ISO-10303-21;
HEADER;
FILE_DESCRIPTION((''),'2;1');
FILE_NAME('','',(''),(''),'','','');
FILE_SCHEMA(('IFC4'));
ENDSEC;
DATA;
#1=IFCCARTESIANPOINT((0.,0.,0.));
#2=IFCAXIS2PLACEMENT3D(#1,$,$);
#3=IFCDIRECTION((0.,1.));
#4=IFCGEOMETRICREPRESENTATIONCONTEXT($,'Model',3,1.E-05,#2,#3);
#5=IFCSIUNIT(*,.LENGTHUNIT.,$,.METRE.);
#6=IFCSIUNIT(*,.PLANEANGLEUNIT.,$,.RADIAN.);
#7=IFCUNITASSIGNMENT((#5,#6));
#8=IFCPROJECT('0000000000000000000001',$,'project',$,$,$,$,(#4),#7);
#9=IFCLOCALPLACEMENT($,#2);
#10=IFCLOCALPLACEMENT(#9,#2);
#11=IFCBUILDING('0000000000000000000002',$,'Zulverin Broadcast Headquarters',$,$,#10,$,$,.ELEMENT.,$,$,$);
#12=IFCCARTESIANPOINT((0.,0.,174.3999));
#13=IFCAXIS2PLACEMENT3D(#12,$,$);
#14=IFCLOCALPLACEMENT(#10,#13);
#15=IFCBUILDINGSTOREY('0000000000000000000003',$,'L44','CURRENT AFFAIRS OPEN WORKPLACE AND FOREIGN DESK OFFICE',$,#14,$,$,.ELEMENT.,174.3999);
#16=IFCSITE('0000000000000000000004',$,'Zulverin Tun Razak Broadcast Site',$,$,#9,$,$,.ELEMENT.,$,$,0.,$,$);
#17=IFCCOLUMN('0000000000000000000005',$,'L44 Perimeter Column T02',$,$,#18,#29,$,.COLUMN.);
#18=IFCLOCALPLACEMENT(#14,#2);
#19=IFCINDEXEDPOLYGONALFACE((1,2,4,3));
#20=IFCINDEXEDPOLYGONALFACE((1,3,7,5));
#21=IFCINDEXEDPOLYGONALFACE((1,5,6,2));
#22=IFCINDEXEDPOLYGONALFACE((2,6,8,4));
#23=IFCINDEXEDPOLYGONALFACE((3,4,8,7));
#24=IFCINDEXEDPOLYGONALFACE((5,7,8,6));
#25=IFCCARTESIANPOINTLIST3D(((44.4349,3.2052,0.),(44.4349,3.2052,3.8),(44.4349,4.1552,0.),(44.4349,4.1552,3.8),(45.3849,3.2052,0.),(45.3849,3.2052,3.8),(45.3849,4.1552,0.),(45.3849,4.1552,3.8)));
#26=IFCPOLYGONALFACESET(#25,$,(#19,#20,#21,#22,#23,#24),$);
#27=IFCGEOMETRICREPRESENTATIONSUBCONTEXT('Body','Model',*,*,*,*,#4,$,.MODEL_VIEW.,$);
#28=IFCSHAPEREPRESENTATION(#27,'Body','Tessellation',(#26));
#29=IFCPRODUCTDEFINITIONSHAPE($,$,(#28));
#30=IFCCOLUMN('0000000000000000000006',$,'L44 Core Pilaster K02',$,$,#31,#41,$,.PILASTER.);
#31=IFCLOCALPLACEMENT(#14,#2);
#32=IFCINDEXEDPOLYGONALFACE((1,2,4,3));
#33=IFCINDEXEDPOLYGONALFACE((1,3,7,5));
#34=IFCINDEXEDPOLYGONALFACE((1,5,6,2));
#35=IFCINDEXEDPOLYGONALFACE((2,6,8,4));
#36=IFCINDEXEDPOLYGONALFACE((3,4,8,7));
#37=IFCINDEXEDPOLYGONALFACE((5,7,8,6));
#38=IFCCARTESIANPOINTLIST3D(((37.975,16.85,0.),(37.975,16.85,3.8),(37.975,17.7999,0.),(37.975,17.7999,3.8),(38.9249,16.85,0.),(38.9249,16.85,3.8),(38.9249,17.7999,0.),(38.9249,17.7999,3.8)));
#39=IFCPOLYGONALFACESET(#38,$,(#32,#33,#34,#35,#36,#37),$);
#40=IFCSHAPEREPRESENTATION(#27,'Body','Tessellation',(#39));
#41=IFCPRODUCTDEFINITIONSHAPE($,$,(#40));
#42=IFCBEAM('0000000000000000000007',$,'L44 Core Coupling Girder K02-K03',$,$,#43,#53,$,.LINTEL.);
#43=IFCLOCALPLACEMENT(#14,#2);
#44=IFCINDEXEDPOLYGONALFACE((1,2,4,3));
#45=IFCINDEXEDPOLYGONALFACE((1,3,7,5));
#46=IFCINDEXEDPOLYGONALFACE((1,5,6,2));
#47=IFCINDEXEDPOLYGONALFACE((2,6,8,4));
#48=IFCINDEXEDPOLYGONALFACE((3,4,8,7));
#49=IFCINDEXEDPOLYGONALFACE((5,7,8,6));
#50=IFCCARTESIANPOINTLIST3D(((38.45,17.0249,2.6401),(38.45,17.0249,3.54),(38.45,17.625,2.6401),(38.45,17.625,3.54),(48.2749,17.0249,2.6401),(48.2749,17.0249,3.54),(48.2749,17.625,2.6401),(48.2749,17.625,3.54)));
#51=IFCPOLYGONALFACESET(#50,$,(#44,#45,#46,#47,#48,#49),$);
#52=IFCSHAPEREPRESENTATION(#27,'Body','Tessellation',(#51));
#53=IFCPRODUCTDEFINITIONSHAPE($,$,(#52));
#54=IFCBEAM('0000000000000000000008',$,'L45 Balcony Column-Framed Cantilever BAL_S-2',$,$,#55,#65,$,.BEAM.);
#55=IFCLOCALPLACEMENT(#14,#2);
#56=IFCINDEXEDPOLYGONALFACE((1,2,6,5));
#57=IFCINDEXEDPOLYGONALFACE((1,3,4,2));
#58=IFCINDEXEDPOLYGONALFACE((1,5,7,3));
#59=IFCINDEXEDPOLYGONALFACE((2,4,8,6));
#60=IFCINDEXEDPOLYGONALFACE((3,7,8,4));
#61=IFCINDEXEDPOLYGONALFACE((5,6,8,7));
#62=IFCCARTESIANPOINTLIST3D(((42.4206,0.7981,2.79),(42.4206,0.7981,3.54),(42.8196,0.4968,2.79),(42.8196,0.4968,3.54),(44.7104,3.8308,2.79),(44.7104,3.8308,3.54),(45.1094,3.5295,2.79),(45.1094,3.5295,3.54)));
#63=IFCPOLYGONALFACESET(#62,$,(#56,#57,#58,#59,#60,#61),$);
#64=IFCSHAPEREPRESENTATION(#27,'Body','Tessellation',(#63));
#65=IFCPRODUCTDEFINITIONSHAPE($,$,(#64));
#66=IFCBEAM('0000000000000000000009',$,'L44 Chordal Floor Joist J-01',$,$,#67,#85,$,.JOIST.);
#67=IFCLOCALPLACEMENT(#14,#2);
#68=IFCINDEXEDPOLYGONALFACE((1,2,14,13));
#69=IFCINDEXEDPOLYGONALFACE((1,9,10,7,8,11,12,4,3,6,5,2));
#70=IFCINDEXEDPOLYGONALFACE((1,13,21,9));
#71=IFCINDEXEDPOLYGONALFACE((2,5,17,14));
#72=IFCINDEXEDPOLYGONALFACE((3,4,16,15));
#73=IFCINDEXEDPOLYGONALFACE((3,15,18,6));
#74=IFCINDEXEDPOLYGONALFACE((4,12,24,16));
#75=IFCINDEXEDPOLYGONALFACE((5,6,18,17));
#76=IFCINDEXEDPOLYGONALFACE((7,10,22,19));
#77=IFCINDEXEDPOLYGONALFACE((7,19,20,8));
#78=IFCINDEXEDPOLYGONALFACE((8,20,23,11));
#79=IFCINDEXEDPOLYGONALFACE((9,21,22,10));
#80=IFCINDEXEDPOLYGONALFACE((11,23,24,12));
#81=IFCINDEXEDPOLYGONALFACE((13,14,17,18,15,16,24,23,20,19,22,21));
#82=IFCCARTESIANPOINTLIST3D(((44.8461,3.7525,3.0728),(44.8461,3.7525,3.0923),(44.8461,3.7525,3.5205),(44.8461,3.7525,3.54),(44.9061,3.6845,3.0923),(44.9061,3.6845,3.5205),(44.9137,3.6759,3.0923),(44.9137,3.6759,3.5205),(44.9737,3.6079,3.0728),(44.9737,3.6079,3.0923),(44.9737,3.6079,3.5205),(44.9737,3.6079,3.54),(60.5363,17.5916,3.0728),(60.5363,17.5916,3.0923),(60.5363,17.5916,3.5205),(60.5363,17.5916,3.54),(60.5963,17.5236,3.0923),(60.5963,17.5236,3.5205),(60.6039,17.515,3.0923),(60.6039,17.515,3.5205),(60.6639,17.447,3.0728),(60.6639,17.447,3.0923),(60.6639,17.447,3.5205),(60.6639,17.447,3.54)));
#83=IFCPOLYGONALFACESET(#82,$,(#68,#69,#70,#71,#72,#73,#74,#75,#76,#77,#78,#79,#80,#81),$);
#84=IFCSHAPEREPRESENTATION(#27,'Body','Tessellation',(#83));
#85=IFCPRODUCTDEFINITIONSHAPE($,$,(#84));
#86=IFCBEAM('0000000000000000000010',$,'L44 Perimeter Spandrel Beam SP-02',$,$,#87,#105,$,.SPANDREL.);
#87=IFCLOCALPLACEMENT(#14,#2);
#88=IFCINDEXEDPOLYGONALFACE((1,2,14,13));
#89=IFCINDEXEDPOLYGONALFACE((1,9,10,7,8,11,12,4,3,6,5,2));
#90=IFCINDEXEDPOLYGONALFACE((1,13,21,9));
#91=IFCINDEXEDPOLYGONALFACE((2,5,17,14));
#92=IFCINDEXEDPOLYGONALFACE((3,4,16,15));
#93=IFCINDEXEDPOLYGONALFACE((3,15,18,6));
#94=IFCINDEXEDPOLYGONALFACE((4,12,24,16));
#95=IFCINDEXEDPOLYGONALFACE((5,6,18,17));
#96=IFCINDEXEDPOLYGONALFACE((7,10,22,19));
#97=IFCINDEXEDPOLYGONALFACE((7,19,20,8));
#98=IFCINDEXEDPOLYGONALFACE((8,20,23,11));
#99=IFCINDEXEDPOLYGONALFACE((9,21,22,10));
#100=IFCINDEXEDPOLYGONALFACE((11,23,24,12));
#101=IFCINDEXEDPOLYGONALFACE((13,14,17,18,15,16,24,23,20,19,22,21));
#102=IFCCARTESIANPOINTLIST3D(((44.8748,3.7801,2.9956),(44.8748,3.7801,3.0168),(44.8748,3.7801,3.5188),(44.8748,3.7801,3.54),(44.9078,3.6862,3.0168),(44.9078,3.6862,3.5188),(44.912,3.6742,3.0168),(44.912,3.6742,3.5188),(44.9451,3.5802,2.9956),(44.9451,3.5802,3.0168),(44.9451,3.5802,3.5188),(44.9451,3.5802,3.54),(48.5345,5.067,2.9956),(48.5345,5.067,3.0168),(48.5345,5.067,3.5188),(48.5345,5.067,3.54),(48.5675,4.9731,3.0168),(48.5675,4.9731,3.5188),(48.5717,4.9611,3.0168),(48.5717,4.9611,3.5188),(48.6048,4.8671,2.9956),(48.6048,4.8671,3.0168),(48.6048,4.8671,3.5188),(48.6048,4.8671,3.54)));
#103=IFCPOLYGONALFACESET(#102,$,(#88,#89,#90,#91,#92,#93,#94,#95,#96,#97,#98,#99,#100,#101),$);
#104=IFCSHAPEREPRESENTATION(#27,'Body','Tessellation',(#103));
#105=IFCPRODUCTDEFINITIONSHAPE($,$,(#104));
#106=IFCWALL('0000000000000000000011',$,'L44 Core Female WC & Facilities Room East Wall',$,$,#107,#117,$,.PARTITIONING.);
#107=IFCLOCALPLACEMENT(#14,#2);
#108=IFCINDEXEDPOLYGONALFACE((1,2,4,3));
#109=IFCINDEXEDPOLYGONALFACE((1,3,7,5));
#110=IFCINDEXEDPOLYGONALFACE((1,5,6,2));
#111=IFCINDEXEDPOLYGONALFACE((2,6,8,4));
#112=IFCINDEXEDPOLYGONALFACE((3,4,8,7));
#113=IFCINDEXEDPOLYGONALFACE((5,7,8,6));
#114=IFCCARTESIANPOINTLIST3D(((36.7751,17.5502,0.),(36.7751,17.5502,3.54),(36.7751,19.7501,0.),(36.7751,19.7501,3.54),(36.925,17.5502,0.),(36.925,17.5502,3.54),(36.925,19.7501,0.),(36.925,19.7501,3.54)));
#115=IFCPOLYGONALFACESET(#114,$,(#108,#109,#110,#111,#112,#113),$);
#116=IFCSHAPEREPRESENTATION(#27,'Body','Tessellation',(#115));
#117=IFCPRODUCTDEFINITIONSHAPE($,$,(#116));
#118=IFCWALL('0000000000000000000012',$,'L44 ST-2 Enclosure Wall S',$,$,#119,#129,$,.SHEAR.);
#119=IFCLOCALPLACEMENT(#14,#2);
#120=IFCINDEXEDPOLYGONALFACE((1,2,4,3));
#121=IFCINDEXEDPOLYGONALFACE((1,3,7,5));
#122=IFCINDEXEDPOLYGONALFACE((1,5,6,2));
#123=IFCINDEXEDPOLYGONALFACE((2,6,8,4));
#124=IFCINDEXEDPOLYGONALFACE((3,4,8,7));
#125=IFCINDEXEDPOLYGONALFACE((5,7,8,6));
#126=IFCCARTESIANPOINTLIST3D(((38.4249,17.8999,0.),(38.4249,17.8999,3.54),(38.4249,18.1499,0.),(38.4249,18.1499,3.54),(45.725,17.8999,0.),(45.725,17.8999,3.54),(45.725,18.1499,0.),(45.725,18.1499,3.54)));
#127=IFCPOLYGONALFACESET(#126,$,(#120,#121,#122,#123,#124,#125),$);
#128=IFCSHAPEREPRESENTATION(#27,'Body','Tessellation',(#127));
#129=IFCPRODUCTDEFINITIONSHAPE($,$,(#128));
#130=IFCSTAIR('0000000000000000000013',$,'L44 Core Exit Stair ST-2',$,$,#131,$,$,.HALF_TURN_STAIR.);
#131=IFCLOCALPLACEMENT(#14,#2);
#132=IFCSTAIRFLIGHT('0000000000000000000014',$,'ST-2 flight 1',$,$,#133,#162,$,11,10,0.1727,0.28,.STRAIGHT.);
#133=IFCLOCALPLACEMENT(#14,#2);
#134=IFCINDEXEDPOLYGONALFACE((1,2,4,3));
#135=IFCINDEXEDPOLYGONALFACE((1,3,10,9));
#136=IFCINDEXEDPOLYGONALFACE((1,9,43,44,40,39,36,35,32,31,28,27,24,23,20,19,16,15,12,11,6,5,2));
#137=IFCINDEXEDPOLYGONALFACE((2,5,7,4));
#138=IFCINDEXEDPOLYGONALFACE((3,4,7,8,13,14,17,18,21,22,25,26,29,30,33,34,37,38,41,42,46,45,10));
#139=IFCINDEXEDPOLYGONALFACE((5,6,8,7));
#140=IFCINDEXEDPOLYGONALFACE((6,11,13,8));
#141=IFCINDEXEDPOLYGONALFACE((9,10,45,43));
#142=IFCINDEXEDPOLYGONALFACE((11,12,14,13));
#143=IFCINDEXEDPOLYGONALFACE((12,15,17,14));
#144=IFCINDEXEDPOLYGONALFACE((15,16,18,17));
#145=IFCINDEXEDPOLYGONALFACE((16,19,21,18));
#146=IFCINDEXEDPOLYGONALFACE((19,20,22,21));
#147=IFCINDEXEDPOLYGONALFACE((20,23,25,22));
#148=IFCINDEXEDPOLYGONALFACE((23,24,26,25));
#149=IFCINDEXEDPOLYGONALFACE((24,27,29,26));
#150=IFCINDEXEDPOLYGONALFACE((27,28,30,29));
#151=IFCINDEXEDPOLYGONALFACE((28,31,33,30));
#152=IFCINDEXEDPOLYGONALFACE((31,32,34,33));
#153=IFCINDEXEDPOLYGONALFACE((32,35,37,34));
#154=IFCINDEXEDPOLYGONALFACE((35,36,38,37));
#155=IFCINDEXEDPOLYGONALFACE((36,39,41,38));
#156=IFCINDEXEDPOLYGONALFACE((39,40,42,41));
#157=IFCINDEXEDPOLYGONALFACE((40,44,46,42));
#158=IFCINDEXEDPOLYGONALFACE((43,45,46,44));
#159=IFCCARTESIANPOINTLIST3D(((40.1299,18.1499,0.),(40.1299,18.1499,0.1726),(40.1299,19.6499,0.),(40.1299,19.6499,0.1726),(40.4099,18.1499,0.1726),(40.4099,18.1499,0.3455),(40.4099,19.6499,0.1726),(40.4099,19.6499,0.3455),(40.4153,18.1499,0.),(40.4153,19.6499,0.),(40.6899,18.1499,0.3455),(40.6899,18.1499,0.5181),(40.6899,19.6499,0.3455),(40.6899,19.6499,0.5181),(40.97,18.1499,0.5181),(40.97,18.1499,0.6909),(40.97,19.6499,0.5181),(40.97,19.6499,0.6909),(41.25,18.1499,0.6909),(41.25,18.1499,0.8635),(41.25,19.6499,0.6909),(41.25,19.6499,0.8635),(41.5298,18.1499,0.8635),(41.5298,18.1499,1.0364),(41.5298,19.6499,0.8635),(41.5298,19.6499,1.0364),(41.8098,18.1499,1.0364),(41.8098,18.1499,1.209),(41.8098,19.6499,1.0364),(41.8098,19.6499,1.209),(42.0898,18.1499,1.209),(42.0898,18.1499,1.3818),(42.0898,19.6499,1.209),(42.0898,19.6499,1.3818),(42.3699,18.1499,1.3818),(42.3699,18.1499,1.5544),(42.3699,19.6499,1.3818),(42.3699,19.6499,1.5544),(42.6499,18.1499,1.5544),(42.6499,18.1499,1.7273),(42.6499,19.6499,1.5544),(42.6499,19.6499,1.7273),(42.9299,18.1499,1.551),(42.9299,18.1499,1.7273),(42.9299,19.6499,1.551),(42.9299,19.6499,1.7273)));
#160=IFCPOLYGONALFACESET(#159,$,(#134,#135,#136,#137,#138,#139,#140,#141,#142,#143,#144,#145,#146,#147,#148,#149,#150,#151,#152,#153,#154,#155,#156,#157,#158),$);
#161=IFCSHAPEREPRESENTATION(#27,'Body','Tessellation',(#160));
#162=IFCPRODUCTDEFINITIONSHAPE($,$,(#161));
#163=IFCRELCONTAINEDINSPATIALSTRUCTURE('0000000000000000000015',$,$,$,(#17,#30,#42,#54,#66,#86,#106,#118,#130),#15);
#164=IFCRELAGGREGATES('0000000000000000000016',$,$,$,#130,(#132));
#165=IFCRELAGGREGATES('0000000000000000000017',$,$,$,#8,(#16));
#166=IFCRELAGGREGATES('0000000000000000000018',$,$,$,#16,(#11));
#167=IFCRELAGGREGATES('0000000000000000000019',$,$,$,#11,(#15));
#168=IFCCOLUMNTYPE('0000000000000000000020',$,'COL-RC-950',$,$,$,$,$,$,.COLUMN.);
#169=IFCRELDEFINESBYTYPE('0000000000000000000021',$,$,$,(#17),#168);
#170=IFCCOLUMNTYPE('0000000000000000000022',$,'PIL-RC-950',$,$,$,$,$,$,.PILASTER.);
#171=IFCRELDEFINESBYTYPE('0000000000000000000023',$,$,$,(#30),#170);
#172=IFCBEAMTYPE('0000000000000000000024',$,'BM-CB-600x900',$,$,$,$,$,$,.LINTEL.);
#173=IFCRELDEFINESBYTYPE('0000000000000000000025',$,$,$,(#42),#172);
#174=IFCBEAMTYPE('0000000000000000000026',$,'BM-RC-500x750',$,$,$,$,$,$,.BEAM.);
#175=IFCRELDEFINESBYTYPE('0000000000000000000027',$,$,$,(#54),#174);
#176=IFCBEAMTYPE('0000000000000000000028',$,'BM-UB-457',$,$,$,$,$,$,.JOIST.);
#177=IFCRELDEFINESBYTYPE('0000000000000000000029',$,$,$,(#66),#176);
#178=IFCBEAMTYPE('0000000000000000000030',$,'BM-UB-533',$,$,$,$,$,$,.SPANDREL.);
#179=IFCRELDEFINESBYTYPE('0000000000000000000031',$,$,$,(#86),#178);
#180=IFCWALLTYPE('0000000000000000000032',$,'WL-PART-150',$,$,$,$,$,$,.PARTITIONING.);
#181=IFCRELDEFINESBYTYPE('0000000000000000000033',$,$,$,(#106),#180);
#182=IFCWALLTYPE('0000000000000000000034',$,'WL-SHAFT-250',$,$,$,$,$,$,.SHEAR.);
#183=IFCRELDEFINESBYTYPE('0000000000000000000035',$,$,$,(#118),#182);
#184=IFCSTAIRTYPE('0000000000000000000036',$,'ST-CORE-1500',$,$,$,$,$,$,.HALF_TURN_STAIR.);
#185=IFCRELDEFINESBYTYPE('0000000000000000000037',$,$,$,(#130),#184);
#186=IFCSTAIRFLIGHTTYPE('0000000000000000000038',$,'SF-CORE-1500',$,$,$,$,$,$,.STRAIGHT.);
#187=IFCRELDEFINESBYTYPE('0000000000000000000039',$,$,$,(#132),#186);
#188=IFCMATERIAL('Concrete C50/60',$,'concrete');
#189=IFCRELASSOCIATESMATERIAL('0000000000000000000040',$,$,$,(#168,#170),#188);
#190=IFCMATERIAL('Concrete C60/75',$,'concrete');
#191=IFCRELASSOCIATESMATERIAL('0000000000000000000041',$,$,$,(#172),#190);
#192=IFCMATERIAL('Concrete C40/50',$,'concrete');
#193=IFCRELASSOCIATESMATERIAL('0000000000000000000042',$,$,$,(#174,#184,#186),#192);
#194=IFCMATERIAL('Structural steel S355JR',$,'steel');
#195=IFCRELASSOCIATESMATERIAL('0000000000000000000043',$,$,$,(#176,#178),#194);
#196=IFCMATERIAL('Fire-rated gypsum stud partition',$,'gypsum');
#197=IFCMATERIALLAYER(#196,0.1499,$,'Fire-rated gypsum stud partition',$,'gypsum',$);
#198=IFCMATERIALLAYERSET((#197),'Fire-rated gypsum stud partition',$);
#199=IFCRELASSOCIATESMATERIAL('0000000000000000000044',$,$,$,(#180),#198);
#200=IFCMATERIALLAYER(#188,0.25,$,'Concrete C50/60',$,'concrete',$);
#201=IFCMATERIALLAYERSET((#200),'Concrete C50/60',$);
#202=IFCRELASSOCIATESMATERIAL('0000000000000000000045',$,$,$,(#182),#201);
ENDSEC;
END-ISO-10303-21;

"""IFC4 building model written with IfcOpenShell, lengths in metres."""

from ifc_helpers import new_model, si_unit, direction, frame, frame_2d, origin, origin_2d, place, context, subcontext, project, spatial, polyline, rectangle, i_section, outline, extrude, material, layer, layer_set, material_profile, profile_set, type_object, element, aggregate, save


model = new_model("IFC4")

# Units and contexts
model_context = context("Model", 3, precision=1e-05, world=origin(), true_north=direction((0.0, 1.0)))
body_context = subcontext(model_context, "Body", "Model", "MODEL_VIEW")
ifc_project = project(units=[si_unit("LENGTHUNIT", "METRE"), si_unit("PLANEANGLEUNIT", "RADIAN")], contexts=[model_context])

# Site, building, storey
site_placement = place(None, origin())
site = spatial("IfcSite", under=ifc_project, at=site_placement, Name="Zulverin Tun Razak Broadcast Site", CompositionType="ELEMENT", RefElevation=0.0)
building_placement = place(site_placement, origin())
building = spatial("IfcBuilding", under=site, at=building_placement, Name="Zulverin Broadcast Headquarters", CompositionType="ELEMENT")
storey_placement = place(building_placement, frame((0.0, 0.0, 174.3999)))
storey = spatial("IfcBuildingStorey", under=building, at=storey_placement, Name="L44", Description="CURRENT AFFAIRS OPEN WORKPLACE AND FOREIGN DESK OFFICE", CompositionType="ELEMENT", Elevation=174.3999)

# Columns
ifc_material_1 = material(Name="Concrete C50/60", Category="concrete")
ifc_material_profile_1 = material_profile(ifc_material_1, rectangle(XDim=0.95, YDim=0.95, at=origin_2d()), Name="Concrete C50/60", Category="concrete")
ifc_profile_set_1 = profile_set([ifc_material_profile_1], Name="Concrete C50/60")
column_type_1 = type_object("IfcColumnType", Name="COL-RC-950", PredefinedType="COLUMN", material=ifc_profile_set_1)
column_1_placement = place(storey_placement, frame((44.9099, 3.6802, 0.0), z_axis=(0.0, 0.0, 1.0), x_axis=(1.0, 0.0, 0.0)))
element("IfcColumn", 1, at=column_1_placement, inside=storey, type_object=column_type_1, Name="L44 Perimeter Column T02", PredefinedType="COLUMN", context=body_context, shape_type="SweptSolid", body=[
    extrude(rectangle(XDim=0.95, YDim=0.95, at=origin_2d()), origin(), (0.0, 0.0, 1.0), 3.8),
])
ifc_material_profile_2 = material_profile(ifc_material_1, rectangle(XDim=0.95, YDim=0.95, at=origin_2d()), Name="Concrete C50/60", Category="concrete")
ifc_profile_set_2 = profile_set([ifc_material_profile_2], Name="Concrete C50/60")
column_type_2 = type_object("IfcColumnType", Name="PIL-RC-950", PredefinedType="PILASTER", material=ifc_profile_set_2)
column_2_placement = place(storey_placement, frame((38.45, 17.325, 0.0), z_axis=(0.0, 0.0, 1.0), x_axis=(1.0, 0.0, 0.0)))
element("IfcColumn", 2, at=column_2_placement, inside=storey, type_object=column_type_2, Name="L44 Core Pilaster K02", PredefinedType="PILASTER", context=body_context, shape_type="SweptSolid", body=[
    extrude(rectangle(XDim=0.95, YDim=0.95, at=origin_2d()), origin(), (0.0, 0.0, 1.0), 3.8),
])

# Beams
ifc_material_2 = material(Name="Concrete C60/75", Category="concrete")
ifc_material_profile_3 = material_profile(ifc_material_2, rectangle(XDim=0.6001, YDim=0.8999, at=origin_2d()), Name="Concrete C60/75", Category="concrete")
ifc_profile_set_3 = profile_set([ifc_material_profile_3], Name="Concrete C60/75")
beam_type_1 = type_object("IfcBeamType", Name="BM-CB-600x900", PredefinedType="LINTEL", material=ifc_profile_set_3)
beam_1_placement = place(storey_placement, frame((38.45, 17.325, 3.0901), z_axis=(1.0, 0.0, 0.0), x_axis=(0.0, 1.0, 0.0)))
element("IfcBeam", 3, at=beam_1_placement, inside=storey, type_object=beam_type_1, Name="L44 Core Coupling Girder K02-K03", PredefinedType="LINTEL", context=body_context, shape_type="SweptSolid", body=[
    extrude(rectangle(XDim=0.6001, YDim=0.8999, at=origin_2d()), origin(), (0.0, 0.0, 1.0), 9.825),
])
ifc_material_3 = material(Name="Concrete C40/50", Category="concrete")
ifc_material_profile_4 = material_profile(ifc_material_3, rectangle(XDim=0.5, YDim=0.75, at=origin_2d()), Name="Concrete C40/50", Category="concrete")
ifc_profile_set_4 = profile_set([ifc_material_profile_4], Name="Concrete C40/50")
beam_type_2 = type_object("IfcBeamType", Name="BM-RC-500x750", PredefinedType="BEAM", material=ifc_profile_set_4)
beam_2_placement = place(storey_placement, frame((44.9099, 3.6802, 3.165), z_axis=(-0.602567, -0.798068, 0.0), x_axis=(0.798068, -0.602567, 0.0)))
element("IfcBeam", 4, at=beam_2_placement, inside=storey, type_object=beam_type_2, Name="L45 Balcony Column-Framed Cantilever BAL_S-2", PredefinedType="BEAM", context=body_context, shape_type="SweptSolid", body=[
    extrude(rectangle(XDim=0.5, YDim=0.75, at=origin_2d()), origin(), (0.0, 0.0, 1.0), 3.8),
])
ifc_material_4 = material(Name="Structural steel S355JR", Category="steel")
ifc_material_profile_5 = material_profile(ifc_material_4, i_section(OverallWidth=0.1929, OverallDepth=0.4673, WebThickness=0.0115, FlangeThickness=0.0195, at=origin_2d()), Name="Structural steel S355JR", Category="steel")
ifc_profile_set_5 = profile_set([ifc_material_profile_5], Name="Structural steel S355JR")
beam_type_3 = type_object("IfcBeamType", Name="BM-UB-457", PredefinedType="JOIST", material=ifc_profile_set_5)
beam_3_placement = place(storey_placement, frame((44.9099, 3.6802, 3.3064), z_axis=(0.74996, 0.661483, 0.0), x_axis=(-0.661483, 0.74996, 0.0)))
element("IfcBeam", 5, at=beam_3_placement, inside=storey, type_object=beam_type_3, Name="L44 Chordal Floor Joist J-01", PredefinedType="JOIST", context=body_context, shape_type="SweptSolid", body=[
    extrude(i_section(OverallWidth=0.1929, OverallDepth=0.4673, WebThickness=0.0115, FlangeThickness=0.0195, at=origin_2d()), origin(), (0.0, 0.0, 1.0), 20.9214),
])
ifc_material_profile_6 = material_profile(ifc_material_4, i_section(OverallWidth=0.2119, OverallDepth=0.5444, WebThickness=0.0127, FlangeThickness=0.0212, at=origin_2d()), Name="Structural steel S355JR", Category="steel")
ifc_profile_set_6 = profile_set([ifc_material_profile_6], Name="Structural steel S355JR")
beam_type_4 = type_object("IfcBeamType", Name="BM-UB-533", PredefinedType="SPANDREL", material=ifc_profile_set_6)
beam_4_placement = place(storey_placement, frame((44.9099, 3.6802, 3.2678), z_axis=(0.943377, 0.331724, 0.0), x_axis=(-0.331724, 0.943377, 0.0)))
element("IfcBeam", 6, at=beam_4_placement, inside=storey, type_object=beam_type_4, Name="L44 Perimeter Spandrel Beam SP-02", PredefinedType="SPANDREL", context=body_context, shape_type="SweptSolid", body=[
    extrude(i_section(OverallWidth=0.2119, OverallDepth=0.5444, WebThickness=0.0127, FlangeThickness=0.0212, at=origin_2d()), origin(), (0.0, 0.0, 1.0), 3.8794),
])

# Walls
ifc_material_5 = material(Name="Fire-rated gypsum stud partition", Category="gypsum")
ifc_layer_1 = layer(ifc_material_5, 0.1499, Name="Fire-rated gypsum stud partition", Category="gypsum")
ifc_layer_set_1 = layer_set([ifc_layer_1], Name="Fire-rated gypsum stud partition")
wall_type_1 = type_object("IfcWallType", Name="WL-PART-150", PredefinedType="PARTITIONING", material=ifc_layer_set_1)
wall_1_placement = place(storey_placement, frame((36.8501, 17.55, 0.0), z_axis=(0.0, 0.0, 1.0), x_axis=(0.0, 1.0, 0.0)))
element("IfcWall", 7, at=wall_1_placement, inside=storey, type_object=wall_type_1, Name="L44 Core Female WC & Facilities Room East Wall", PredefinedType="PARTITIONING", context=body_context, shape_type="SweptSolid", body=[
    extrude(rectangle(XDim=2.2, YDim=0.1499, at=frame_2d((1.1001, 0.0))), origin(), (0.0, 0.0, 1.0), 3.54),
])
ifc_layer_2 = layer(ifc_material_1, 0.25, Name="Concrete C50/60", Category="concrete")
ifc_layer_set_2 = layer_set([ifc_layer_2], Name="Concrete C50/60")
wall_type_2 = type_object("IfcWallType", Name="WL-SHAFT-250", PredefinedType="SHEAR", material=ifc_layer_set_2)
wall_2_placement = place(storey_placement, frame((38.425, 18.0249, 0.0), z_axis=(0.0, 0.0, 1.0), x_axis=(1.0, 0.0, 0.0)))
element("IfcWall", 8, at=wall_2_placement, inside=storey, type_object=wall_type_2, Name="L44 ST-2 Enclosure Wall S", PredefinedType="SHEAR", context=body_context, shape_type="SweptSolid", body=[
    extrude(rectangle(XDim=7.3, YDim=0.25, at=frame_2d((3.6499, 0.0))), origin(), (0.0, 0.0, 1.0), 3.54),
])

# Stair, stair flight
stair_type = type_object("IfcStairType", Name="ST-CORE-1500", PredefinedType="HALF_TURN_STAIR", material=ifc_material_3)
stair_placement = place(storey_placement, origin())
stair = element("IfcStair", 9, at=stair_placement, inside=storey, type_object=stair_type, Name="L44 Core Exit Stair ST-2", PredefinedType="HALF_TURN_STAIR")
stair_flight_type = type_object("IfcStairFlightType", Name="SF-CORE-1500", PredefinedType="STRAIGHT", material=ifc_material_3)
stair_flight_placement = place(storey_placement, frame((40.1299, 18.8999, 0.0), z_axis=(0.0, 0.0, 1.0), x_axis=(1.0, 0.0, 0.0)))
stair_flight = element("IfcStairFlight", 10, at=stair_flight_placement, type_object=stair_flight_type, Name="ST-2 flight 1", NumberOfRisers=11, NumberOfTreads=10, PredefinedType="STRAIGHT", RiserHeight=0.1727, TreadLength=0.28, context=body_context, shape_type="SweptSolid", body=[
    extrude(outline(polyline([(0.0, 0.0), (0.0, 0.1726), (0.28, 0.1726), (0.28, 0.3455), (0.5601, 0.3455), (0.5601, 0.5181), (0.8401, 0.5181), (0.8401, 0.6909), (1.1201, 0.6909), (1.1201, 0.8635), (1.3999, 0.8635), (1.3999, 1.0364), (1.6799, 1.0364), (1.6799, 1.209), (1.96, 1.209), (1.96, 1.3818), (2.24, 1.3818), (2.24, 1.5544), (2.52, 1.5544), (2.52, 1.7273), (2.8, 1.7273), (2.8, 1.8999), (2.8, 1.551), (0.2854, 0.0), (0.0, 0.0)])), frame((0.0, 0.75, 0.0), z_axis=(0.0, -1.0, 0.0), x_axis=(1.0, 0.0, 0.0)), (0.0, 0.0, 1.0), 1.5),
])
aggregate(stair, [stair_flight])

save(model, "model.ifc")
